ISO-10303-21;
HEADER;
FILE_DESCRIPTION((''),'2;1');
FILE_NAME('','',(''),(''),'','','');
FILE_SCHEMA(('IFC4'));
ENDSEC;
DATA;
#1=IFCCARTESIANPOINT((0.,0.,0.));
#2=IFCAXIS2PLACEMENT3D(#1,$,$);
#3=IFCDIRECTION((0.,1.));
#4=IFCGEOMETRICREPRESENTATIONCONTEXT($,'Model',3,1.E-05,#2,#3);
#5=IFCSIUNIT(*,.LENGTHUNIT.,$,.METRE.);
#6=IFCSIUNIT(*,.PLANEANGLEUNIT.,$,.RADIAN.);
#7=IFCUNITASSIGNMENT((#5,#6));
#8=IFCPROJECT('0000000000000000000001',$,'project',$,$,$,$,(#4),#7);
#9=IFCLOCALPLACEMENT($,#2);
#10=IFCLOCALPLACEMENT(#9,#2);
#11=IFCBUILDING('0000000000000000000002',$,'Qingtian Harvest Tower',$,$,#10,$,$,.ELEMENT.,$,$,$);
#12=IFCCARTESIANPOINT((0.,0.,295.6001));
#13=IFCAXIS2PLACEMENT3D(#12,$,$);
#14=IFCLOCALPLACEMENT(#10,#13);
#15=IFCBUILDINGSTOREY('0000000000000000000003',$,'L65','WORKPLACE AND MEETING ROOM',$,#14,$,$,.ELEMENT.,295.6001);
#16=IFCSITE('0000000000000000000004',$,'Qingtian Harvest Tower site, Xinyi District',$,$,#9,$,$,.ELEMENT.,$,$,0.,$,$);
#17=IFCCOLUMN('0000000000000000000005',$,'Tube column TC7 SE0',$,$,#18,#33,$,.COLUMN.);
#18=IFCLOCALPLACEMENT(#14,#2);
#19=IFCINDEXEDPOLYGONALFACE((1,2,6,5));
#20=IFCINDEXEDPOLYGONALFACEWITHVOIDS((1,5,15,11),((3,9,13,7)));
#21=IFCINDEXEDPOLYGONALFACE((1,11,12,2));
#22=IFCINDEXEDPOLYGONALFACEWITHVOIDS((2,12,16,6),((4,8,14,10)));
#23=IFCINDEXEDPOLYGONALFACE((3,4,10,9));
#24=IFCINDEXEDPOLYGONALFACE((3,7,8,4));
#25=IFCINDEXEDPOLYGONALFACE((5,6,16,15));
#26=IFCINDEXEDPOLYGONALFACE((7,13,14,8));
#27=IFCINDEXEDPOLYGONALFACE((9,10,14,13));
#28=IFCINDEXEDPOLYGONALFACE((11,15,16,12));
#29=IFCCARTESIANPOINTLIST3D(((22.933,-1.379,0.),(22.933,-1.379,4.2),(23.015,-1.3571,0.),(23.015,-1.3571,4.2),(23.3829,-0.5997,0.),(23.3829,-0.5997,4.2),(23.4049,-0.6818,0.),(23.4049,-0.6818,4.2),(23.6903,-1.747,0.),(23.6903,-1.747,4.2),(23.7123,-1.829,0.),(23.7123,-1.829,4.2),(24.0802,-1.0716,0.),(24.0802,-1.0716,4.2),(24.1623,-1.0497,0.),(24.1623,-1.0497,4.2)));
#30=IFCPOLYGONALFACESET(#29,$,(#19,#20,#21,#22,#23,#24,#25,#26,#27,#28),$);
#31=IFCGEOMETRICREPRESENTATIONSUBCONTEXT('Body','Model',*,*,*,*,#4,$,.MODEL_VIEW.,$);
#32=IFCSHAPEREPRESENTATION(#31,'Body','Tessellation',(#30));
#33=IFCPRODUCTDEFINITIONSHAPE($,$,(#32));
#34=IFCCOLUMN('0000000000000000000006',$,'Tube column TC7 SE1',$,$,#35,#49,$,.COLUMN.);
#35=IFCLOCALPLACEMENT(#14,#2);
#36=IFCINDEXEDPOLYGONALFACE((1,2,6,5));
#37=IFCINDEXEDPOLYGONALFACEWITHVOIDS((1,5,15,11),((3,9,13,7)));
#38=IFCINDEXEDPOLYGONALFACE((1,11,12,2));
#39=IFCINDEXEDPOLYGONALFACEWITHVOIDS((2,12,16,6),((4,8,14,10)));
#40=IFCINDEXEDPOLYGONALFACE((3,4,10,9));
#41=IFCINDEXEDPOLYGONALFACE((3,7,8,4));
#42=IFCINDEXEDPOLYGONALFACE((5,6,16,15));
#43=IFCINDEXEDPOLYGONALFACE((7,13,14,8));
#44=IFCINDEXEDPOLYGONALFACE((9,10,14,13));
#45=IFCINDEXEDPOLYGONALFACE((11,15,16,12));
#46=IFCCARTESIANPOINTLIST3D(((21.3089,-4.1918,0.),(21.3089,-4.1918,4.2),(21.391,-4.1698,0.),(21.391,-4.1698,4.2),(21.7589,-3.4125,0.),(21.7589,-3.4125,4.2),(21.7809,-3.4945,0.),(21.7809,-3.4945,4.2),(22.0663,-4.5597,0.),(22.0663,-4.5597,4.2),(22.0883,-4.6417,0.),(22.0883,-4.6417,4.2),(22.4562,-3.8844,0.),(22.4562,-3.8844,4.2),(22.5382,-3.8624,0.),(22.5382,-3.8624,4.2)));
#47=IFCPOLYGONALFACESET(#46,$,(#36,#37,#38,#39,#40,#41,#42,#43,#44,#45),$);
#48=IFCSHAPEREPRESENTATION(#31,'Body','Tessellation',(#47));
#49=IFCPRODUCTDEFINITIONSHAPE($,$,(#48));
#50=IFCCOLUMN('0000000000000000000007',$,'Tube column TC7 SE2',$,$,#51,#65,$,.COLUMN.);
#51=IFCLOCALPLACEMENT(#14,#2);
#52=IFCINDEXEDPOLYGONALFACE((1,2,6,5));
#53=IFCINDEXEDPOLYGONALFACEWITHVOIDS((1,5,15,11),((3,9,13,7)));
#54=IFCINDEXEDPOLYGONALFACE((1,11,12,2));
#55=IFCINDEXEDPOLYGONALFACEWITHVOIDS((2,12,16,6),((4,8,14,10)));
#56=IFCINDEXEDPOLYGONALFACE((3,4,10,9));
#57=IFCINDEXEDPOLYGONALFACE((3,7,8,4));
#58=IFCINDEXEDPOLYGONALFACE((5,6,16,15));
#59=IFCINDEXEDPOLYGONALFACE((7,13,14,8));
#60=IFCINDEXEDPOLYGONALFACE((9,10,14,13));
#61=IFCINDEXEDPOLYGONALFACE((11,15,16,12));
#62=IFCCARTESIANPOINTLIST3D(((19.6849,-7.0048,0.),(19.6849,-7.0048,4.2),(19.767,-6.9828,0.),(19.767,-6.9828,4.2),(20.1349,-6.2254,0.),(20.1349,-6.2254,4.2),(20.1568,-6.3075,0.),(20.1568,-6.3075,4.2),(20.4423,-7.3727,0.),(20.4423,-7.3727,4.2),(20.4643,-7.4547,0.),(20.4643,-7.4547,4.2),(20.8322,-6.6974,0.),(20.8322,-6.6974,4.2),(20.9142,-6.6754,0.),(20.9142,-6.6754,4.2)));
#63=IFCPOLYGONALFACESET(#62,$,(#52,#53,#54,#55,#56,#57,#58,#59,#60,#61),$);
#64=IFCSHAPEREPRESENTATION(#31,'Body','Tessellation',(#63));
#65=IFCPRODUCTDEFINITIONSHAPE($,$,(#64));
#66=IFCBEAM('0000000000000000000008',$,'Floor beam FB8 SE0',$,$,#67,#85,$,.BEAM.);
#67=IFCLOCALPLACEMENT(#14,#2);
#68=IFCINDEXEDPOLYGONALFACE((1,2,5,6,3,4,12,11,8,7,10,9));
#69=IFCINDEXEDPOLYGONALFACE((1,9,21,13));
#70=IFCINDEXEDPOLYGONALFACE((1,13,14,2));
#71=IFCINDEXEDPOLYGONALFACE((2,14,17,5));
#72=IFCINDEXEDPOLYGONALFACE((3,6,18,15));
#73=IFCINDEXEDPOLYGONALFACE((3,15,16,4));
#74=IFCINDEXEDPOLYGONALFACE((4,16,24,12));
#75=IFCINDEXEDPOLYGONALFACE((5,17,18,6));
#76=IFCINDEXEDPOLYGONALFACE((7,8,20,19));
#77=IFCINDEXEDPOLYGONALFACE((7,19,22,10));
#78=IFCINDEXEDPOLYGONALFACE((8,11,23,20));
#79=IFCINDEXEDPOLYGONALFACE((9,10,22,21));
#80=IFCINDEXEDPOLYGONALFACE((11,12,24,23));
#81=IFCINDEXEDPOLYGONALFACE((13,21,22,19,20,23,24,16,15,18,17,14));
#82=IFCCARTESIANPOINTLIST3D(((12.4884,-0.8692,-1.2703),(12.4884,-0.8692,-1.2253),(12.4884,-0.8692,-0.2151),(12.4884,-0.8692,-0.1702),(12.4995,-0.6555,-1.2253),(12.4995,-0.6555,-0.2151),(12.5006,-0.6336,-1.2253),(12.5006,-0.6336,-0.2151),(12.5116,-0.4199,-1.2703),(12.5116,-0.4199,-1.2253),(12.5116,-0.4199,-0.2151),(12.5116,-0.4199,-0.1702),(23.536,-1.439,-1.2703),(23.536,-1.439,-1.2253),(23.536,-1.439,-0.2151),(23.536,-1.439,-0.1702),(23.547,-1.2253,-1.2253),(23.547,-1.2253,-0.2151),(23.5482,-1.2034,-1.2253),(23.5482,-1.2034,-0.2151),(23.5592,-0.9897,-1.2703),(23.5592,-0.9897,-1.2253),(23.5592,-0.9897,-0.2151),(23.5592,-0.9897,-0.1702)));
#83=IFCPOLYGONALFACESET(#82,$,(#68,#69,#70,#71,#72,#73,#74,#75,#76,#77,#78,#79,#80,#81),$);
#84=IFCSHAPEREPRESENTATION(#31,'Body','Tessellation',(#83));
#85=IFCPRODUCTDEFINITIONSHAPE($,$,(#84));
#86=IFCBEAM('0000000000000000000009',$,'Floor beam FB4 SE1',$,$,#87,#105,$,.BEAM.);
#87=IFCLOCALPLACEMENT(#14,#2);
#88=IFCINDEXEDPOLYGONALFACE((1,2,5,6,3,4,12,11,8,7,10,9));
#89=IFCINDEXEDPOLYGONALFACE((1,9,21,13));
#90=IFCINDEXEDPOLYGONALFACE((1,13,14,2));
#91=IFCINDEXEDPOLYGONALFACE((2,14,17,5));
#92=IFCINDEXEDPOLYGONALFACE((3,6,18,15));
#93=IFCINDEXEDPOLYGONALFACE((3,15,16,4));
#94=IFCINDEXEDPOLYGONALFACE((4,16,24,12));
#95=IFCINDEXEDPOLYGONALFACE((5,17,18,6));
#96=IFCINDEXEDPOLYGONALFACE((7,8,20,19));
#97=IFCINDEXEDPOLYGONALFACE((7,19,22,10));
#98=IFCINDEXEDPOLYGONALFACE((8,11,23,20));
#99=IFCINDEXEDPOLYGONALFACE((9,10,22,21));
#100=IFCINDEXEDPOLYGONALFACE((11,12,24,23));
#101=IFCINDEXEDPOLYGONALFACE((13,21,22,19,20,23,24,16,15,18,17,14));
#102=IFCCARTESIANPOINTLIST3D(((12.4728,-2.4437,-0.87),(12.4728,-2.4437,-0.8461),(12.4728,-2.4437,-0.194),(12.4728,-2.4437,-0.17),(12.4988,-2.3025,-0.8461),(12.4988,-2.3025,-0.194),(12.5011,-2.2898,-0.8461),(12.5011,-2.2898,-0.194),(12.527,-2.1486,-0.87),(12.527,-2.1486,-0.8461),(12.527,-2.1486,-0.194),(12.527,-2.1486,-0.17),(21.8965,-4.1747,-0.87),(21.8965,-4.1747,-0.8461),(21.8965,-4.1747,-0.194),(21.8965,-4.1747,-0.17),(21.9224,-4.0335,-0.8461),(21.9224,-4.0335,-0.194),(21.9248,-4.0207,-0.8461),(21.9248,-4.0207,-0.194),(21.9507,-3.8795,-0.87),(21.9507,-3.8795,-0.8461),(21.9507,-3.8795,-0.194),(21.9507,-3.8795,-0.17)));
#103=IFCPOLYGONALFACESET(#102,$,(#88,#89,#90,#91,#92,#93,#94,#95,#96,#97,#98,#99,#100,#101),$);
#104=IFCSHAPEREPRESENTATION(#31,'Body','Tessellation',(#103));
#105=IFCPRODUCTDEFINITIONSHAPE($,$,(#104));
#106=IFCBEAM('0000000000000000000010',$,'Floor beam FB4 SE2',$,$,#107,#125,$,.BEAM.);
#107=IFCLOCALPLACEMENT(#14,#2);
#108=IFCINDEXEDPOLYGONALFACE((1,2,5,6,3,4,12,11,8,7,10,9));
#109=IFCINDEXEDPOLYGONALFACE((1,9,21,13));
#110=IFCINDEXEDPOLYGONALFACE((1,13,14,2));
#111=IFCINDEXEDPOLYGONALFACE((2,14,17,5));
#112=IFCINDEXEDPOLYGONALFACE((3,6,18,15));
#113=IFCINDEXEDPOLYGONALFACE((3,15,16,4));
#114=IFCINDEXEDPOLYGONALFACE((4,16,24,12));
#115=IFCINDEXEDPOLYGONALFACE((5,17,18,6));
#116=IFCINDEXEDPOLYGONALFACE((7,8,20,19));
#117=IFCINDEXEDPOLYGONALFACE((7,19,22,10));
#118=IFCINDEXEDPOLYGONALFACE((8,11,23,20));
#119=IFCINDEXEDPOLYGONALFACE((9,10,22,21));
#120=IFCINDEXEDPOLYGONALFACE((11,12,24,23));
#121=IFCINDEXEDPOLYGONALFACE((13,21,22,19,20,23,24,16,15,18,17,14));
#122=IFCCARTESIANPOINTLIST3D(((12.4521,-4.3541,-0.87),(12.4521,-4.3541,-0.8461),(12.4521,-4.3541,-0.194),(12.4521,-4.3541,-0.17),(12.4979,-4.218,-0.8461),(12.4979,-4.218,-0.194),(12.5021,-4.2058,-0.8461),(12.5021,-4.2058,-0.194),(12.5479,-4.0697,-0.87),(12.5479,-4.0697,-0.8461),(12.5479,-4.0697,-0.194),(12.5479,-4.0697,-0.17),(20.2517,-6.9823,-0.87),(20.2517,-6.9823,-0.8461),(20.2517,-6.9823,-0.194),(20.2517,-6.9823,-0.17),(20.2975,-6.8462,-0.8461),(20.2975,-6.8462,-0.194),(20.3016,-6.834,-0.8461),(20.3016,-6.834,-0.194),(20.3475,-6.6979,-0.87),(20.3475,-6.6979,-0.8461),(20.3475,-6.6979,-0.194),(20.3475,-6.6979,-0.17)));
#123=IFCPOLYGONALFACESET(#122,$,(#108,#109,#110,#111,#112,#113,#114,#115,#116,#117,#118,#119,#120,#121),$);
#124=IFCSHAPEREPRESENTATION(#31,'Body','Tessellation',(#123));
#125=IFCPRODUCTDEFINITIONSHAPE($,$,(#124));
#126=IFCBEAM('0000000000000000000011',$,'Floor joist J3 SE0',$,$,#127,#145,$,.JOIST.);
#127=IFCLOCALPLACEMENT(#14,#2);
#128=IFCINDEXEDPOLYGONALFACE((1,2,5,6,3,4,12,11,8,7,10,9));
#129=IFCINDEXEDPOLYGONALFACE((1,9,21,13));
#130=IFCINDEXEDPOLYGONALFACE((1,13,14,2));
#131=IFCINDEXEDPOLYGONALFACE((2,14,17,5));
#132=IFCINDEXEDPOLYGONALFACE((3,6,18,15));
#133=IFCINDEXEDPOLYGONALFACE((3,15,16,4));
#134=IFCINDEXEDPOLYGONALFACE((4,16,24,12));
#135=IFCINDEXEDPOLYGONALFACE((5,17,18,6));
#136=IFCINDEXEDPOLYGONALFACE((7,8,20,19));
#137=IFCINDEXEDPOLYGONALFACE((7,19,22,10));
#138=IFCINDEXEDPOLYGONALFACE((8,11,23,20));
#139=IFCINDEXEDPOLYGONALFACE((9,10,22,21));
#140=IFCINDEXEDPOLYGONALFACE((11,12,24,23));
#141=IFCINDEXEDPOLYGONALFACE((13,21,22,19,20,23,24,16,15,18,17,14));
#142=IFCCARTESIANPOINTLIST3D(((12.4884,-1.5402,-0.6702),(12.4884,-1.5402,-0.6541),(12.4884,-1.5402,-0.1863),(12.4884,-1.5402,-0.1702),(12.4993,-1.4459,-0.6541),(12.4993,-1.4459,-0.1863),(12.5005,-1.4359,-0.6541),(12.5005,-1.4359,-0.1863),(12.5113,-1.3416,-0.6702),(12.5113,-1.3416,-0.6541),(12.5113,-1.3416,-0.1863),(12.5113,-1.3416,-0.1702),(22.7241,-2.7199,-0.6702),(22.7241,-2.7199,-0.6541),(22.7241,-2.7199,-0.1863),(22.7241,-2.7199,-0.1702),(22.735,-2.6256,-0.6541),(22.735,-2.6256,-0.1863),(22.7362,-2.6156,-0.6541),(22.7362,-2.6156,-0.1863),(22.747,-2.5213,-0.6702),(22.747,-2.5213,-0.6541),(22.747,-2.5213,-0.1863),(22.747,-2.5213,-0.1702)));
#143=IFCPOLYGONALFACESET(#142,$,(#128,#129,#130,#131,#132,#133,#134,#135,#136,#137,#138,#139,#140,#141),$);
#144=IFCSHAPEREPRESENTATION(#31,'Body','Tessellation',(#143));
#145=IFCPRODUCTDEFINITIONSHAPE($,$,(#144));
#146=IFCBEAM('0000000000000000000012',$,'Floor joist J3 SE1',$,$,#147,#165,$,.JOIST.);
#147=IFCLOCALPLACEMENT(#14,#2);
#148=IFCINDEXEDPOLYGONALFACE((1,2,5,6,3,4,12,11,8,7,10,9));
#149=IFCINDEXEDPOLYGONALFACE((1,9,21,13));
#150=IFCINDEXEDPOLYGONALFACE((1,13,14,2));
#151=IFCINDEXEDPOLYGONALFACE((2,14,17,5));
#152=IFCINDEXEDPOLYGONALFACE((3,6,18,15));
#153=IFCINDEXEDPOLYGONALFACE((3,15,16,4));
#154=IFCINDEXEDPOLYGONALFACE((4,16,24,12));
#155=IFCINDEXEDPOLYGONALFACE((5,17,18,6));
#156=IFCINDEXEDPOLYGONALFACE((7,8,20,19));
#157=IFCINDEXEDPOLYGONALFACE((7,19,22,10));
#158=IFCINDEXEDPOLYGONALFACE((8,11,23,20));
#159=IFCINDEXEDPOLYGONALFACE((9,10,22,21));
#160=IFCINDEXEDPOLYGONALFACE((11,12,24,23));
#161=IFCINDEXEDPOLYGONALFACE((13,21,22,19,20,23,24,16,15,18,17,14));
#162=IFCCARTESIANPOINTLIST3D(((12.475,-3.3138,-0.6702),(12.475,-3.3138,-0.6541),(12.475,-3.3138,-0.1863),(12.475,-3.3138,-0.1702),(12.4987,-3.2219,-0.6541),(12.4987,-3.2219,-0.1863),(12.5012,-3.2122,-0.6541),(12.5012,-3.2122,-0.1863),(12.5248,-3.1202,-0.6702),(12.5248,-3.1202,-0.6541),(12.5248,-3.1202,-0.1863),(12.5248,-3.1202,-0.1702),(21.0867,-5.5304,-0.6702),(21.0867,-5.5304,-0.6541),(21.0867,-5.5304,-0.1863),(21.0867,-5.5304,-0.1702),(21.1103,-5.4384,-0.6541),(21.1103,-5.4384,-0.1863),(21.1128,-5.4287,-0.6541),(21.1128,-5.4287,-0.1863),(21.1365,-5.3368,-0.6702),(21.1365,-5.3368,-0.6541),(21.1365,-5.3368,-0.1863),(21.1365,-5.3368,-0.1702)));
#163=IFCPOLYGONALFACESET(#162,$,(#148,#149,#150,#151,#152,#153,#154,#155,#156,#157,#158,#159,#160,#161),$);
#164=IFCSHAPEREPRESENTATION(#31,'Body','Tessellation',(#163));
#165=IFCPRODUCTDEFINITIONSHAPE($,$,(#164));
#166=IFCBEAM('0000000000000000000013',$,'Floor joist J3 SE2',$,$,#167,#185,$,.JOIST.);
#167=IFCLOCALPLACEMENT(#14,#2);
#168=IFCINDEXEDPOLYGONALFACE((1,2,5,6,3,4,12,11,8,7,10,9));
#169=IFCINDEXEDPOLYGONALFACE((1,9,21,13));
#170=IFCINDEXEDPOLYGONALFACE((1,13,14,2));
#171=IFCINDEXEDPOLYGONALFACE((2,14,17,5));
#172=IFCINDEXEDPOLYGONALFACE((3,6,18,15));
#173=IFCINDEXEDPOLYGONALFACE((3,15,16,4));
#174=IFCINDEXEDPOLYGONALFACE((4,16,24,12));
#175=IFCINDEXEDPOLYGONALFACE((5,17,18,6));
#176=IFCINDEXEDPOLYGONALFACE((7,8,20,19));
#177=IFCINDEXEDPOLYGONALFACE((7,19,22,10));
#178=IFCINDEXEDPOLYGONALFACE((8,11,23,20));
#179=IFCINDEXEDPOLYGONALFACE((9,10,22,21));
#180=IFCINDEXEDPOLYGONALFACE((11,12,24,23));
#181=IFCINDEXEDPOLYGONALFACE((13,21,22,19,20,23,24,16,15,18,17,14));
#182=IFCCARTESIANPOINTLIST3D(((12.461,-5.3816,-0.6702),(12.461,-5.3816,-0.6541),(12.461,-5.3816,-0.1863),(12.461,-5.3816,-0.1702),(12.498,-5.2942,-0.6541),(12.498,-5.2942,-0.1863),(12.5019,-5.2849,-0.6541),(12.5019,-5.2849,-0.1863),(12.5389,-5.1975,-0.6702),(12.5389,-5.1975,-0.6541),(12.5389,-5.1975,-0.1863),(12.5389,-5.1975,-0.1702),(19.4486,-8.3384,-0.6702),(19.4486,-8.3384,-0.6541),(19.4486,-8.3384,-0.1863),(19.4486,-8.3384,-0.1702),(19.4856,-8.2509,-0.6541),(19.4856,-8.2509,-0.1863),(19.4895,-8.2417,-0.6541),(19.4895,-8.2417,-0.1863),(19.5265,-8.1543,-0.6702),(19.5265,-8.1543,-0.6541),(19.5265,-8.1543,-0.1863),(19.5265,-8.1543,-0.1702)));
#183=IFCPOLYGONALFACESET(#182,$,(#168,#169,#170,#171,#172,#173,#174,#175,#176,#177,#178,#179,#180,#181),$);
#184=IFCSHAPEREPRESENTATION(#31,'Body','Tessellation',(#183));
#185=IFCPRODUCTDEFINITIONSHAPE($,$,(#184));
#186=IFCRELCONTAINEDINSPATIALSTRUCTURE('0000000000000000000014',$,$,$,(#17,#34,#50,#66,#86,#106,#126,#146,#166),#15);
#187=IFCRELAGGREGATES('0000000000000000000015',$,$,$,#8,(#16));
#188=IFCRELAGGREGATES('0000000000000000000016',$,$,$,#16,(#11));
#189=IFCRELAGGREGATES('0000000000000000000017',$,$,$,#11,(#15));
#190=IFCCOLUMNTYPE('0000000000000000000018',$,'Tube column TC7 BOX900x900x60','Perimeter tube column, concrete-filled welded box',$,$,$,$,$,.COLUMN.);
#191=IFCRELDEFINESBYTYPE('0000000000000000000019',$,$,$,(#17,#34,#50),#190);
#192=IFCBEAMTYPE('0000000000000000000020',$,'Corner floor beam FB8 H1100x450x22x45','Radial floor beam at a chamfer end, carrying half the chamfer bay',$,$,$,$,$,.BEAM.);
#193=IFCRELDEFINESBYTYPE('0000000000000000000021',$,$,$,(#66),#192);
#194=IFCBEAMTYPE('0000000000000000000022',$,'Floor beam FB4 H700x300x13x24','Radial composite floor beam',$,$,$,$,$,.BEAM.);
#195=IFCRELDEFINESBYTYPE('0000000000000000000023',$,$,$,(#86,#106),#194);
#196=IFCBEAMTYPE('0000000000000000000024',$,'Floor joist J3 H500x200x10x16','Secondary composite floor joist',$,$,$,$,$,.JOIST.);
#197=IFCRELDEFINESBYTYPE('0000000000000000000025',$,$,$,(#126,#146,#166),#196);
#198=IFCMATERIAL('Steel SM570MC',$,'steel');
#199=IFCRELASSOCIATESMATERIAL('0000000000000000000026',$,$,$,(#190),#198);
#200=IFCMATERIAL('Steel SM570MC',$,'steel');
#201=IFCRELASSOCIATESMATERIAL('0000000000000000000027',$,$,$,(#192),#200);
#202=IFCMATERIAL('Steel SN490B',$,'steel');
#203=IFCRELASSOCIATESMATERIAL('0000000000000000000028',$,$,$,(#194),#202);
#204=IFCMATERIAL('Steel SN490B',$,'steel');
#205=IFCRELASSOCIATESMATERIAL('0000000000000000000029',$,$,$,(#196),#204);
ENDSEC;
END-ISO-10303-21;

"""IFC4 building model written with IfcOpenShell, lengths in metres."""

from ifc_helpers import new_model, si_unit, direction, frame, origin, origin_2d, place, context, subcontext, project, spatial, hollow_rectangle, i_section, extrude, material, material_profile, profile_set, type_object, element, save


model = new_model("IFC4")

# Units and contexts
model_context = context("Model", 3, precision=1e-05, world=origin(), true_north=direction((0.0, 1.0)))
body_context = subcontext(model_context, "Body", "Model", "MODEL_VIEW")
ifc_project = project(units=[si_unit("LENGTHUNIT", "METRE"), si_unit("PLANEANGLEUNIT", "RADIAN")], contexts=[model_context])

# Site, building, storey
site_placement = place(None, origin())
site = spatial("IfcSite", under=ifc_project, at=site_placement, Name="Qingtian Harvest Tower site, Xinyi District", CompositionType="ELEMENT", RefElevation=0.0)
building_placement = place(site_placement, origin())
building = spatial("IfcBuilding", under=site, at=building_placement, Name="Qingtian Harvest Tower", CompositionType="ELEMENT")
storey_placement = place(building_placement, frame((0.0, 0.0, 295.6001)))
storey = spatial("IfcBuildingStorey", under=building, at=storey_placement, Name="L65", Description="WORKPLACE AND MEETING ROOM", CompositionType="ELEMENT", Elevation=295.6001)

# Columns
ifc_material_1 = material(Name="Steel SM570MC", Category="steel")
ifc_material_profile_1 = material_profile(ifc_material_1, hollow_rectangle(XDim=0.8999, YDim=0.8999, WallThickness=0.0601, at=origin_2d()), Name="BOX900x900x60")
ifc_profile_set_1 = profile_set([ifc_material_profile_1], Name="Steel SM570MC")
column_type = type_object("IfcColumnType", Name="Tube column TC7 BOX900x900x60", Description="Perimeter tube column, concrete-filled welded box", PredefinedType="COLUMN", material=ifc_profile_set_1)
for number, where, z_axis, x_axis, name in (
    (1, (23.5476, -1.2144, 0.0), (0.0, 0.0, 1.0), (0.5, 0.866025, 0.0), "Tube column TC7 SE0"),
    (2, (21.9236, -4.0271, 0.0), (0.0, 0.0, 1.0), (0.5, 0.866025, 0.0), "Tube column TC7 SE1"),
    (3, (20.2996, -6.8401, 0.0), (0.0, 0.0, 1.0), (0.5, 0.866025, 0.0), "Tube column TC7 SE2"),
):
    element("IfcColumn", number, at=place(storey_placement, frame(where, z_axis=z_axis, x_axis=x_axis)), inside=storey, type_object=column_type, Name=name, PredefinedType="COLUMN", context=body_context, shape_type="SweptSolid", body=[
        extrude(hollow_rectangle(XDim=0.8999, YDim=0.8999, WallThickness=0.0601, at=origin_2d()), origin(), (0.0, 0.0, 1.0), 4.2),
    ])

# Beams
ifc_material_2 = material(Name="Steel SM570MC", Category="steel")
ifc_material_profile_2 = material_profile(ifc_material_2, i_section(OverallWidth=0.45, OverallDepth=1.1001, WebThickness=0.022, FlangeThickness=0.0449, at=origin_2d()), Name="H1100x450x22x45")
ifc_profile_set_2 = profile_set([ifc_material_profile_2], Name="Steel SM570MC")
beam_type_1 = type_object("IfcBeamType", Name="Corner floor beam FB8 H1100x450x22x45", Description="Radial floor beam at a chamfer end, carrying half the chamfer bay", PredefinedType="BEAM", material=ifc_profile_set_2)
beam_1_placement = place(storey_placement, frame((23.5476, -1.2144, -0.7202), z_axis=(-0.998672, 0.05151, 0.0), x_axis=(-0.05151, -0.998672, 0.0)))
element("IfcBeam", 4, at=beam_1_placement, inside=storey, type_object=beam_type_1, Name="Floor beam FB8 SE0", PredefinedType="BEAM", context=body_context, shape_type="SweptSolid", body=[
    extrude(i_section(OverallWidth=0.45, OverallDepth=1.1001, WebThickness=0.022, FlangeThickness=0.0449, at=origin_2d()), origin(), (0.0, 0.0, 1.0), 11.0623),
])
ifc_material_3 = material(Name="Steel SN490B", Category="steel")
ifc_material_profile_3 = material_profile(ifc_material_3, i_section(OverallWidth=0.3, OverallDepth=0.7, WebThickness=0.0129, FlangeThickness=0.0239, at=origin_2d()), Name="H700x300x13x24")
ifc_profile_set_3 = profile_set([ifc_material_profile_3], Name="Steel SN490B")
beam_type_2 = type_object("IfcBeamType", Name="Floor beam FB4 H700x300x13x24", Description="Radial composite floor beam", PredefinedType="BEAM", material=ifc_profile_set_3)
beam_2_placement = place(storey_placement, frame((21.9236, -4.0271, -0.52), z_axis=(-0.983545, 0.180661, 0.0), x_axis=(-0.180661, -0.983545, 0.0)))
element("IfcBeam", 5, at=beam_2_placement, inside=storey, type_object=beam_type_2, Name="Floor beam FB4 SE1", PredefinedType="BEAM", context=body_context, shape_type="SweptSolid", body=[
    extrude(i_section(OverallWidth=0.3, OverallDepth=0.7, WebThickness=0.0129, FlangeThickness=0.0239, at=origin_2d()), origin(), (0.0, 0.0, 1.0), 9.5813),
])
beam_3_placement = place(storey_placement, frame((20.2996, -6.8401, -0.52), z_axis=(-0.947646, 0.319323, 0.0), x_axis=(-0.319323, -0.947646, 0.0)))
element("IfcBeam", 6, at=beam_3_placement, inside=storey, type_object=beam_type_2, Name="Floor beam FB4 SE2", PredefinedType="BEAM", context=body_context, shape_type="SweptSolid", body=[
    extrude(i_section(OverallWidth=0.3, OverallDepth=0.7, WebThickness=0.0129, FlangeThickness=0.0239, at=origin_2d()), origin(), (0.0, 0.0, 1.0), 8.2305),
])
ifc_material_4 = material(Name="Steel SN490B", Category="steel")
ifc_material_profile_4 = material_profile(ifc_material_4, i_section(OverallWidth=0.2, OverallDepth=0.5, WebThickness=0.01, FlangeThickness=0.0161, at=origin_2d()), Name="H500x200x10x16")
ifc_profile_set_4 = profile_set([ifc_material_profile_4], Name="Steel SN490B")
beam_type_3 = type_object("IfcBeamType", Name="Floor joist J3 H500x200x10x16", Description="Secondary composite floor joist", PredefinedType="JOIST", material=ifc_profile_set_4)
beam_4_placement = place(storey_placement, frame((22.7356, -2.6206, -0.4202), z_axis=(-0.993424, 0.114495, 0.0), x_axis=(-0.114495, -0.993424, 0.0)))
element("IfcBeam", 7, at=beam_4_placement, inside=storey, type_object=beam_type_3, Name="Floor joist J3 SE0", PredefinedType="JOIST", context=body_context, shape_type="SweptSolid", body=[
    extrude(i_section(OverallWidth=0.2, OverallDepth=0.5, WebThickness=0.01, FlangeThickness=0.0161, at=origin_2d()), origin(), (0.0, 0.0, 1.0), 10.3035),
])
beam_5_placement = place(storey_placement, frame((21.1116, -5.4336, -0.4202), z_axis=(-0.968435, 0.249268, 0.0), x_axis=(-0.249268, -0.968435, 0.0)))
element("IfcBeam", 8, at=beam_5_placement, inside=storey, type_object=beam_type_3, Name="Floor joist J3 SE1", PredefinedType="JOIST", context=body_context, shape_type="SweptSolid", body=[
    extrude(i_section(OverallWidth=0.2, OverallDepth=0.5, WebThickness=0.01, FlangeThickness=0.0161, at=origin_2d()), origin(), (0.0, 0.0, 1.0), 8.8923),
])
beam_6_placement = place(storey_placement, frame((19.4875, -8.2463, -0.4202), z_axis=(-0.920943, 0.389698, 0.0), x_axis=(-0.389698, -0.920943, 0.0)))
element("IfcBeam", 9, at=beam_6_placement, inside=storey, type_object=beam_type_3, Name="Floor joist J3 SE2", PredefinedType="JOIST", context=body_context, shape_type="SweptSolid", body=[
    extrude(i_section(OverallWidth=0.2, OverallDepth=0.5, WebThickness=0.01, FlangeThickness=0.0161, at=origin_2d()), origin(), (0.0, 0.0, 1.0), 7.5874),
])

save(model, "model.ifc")
